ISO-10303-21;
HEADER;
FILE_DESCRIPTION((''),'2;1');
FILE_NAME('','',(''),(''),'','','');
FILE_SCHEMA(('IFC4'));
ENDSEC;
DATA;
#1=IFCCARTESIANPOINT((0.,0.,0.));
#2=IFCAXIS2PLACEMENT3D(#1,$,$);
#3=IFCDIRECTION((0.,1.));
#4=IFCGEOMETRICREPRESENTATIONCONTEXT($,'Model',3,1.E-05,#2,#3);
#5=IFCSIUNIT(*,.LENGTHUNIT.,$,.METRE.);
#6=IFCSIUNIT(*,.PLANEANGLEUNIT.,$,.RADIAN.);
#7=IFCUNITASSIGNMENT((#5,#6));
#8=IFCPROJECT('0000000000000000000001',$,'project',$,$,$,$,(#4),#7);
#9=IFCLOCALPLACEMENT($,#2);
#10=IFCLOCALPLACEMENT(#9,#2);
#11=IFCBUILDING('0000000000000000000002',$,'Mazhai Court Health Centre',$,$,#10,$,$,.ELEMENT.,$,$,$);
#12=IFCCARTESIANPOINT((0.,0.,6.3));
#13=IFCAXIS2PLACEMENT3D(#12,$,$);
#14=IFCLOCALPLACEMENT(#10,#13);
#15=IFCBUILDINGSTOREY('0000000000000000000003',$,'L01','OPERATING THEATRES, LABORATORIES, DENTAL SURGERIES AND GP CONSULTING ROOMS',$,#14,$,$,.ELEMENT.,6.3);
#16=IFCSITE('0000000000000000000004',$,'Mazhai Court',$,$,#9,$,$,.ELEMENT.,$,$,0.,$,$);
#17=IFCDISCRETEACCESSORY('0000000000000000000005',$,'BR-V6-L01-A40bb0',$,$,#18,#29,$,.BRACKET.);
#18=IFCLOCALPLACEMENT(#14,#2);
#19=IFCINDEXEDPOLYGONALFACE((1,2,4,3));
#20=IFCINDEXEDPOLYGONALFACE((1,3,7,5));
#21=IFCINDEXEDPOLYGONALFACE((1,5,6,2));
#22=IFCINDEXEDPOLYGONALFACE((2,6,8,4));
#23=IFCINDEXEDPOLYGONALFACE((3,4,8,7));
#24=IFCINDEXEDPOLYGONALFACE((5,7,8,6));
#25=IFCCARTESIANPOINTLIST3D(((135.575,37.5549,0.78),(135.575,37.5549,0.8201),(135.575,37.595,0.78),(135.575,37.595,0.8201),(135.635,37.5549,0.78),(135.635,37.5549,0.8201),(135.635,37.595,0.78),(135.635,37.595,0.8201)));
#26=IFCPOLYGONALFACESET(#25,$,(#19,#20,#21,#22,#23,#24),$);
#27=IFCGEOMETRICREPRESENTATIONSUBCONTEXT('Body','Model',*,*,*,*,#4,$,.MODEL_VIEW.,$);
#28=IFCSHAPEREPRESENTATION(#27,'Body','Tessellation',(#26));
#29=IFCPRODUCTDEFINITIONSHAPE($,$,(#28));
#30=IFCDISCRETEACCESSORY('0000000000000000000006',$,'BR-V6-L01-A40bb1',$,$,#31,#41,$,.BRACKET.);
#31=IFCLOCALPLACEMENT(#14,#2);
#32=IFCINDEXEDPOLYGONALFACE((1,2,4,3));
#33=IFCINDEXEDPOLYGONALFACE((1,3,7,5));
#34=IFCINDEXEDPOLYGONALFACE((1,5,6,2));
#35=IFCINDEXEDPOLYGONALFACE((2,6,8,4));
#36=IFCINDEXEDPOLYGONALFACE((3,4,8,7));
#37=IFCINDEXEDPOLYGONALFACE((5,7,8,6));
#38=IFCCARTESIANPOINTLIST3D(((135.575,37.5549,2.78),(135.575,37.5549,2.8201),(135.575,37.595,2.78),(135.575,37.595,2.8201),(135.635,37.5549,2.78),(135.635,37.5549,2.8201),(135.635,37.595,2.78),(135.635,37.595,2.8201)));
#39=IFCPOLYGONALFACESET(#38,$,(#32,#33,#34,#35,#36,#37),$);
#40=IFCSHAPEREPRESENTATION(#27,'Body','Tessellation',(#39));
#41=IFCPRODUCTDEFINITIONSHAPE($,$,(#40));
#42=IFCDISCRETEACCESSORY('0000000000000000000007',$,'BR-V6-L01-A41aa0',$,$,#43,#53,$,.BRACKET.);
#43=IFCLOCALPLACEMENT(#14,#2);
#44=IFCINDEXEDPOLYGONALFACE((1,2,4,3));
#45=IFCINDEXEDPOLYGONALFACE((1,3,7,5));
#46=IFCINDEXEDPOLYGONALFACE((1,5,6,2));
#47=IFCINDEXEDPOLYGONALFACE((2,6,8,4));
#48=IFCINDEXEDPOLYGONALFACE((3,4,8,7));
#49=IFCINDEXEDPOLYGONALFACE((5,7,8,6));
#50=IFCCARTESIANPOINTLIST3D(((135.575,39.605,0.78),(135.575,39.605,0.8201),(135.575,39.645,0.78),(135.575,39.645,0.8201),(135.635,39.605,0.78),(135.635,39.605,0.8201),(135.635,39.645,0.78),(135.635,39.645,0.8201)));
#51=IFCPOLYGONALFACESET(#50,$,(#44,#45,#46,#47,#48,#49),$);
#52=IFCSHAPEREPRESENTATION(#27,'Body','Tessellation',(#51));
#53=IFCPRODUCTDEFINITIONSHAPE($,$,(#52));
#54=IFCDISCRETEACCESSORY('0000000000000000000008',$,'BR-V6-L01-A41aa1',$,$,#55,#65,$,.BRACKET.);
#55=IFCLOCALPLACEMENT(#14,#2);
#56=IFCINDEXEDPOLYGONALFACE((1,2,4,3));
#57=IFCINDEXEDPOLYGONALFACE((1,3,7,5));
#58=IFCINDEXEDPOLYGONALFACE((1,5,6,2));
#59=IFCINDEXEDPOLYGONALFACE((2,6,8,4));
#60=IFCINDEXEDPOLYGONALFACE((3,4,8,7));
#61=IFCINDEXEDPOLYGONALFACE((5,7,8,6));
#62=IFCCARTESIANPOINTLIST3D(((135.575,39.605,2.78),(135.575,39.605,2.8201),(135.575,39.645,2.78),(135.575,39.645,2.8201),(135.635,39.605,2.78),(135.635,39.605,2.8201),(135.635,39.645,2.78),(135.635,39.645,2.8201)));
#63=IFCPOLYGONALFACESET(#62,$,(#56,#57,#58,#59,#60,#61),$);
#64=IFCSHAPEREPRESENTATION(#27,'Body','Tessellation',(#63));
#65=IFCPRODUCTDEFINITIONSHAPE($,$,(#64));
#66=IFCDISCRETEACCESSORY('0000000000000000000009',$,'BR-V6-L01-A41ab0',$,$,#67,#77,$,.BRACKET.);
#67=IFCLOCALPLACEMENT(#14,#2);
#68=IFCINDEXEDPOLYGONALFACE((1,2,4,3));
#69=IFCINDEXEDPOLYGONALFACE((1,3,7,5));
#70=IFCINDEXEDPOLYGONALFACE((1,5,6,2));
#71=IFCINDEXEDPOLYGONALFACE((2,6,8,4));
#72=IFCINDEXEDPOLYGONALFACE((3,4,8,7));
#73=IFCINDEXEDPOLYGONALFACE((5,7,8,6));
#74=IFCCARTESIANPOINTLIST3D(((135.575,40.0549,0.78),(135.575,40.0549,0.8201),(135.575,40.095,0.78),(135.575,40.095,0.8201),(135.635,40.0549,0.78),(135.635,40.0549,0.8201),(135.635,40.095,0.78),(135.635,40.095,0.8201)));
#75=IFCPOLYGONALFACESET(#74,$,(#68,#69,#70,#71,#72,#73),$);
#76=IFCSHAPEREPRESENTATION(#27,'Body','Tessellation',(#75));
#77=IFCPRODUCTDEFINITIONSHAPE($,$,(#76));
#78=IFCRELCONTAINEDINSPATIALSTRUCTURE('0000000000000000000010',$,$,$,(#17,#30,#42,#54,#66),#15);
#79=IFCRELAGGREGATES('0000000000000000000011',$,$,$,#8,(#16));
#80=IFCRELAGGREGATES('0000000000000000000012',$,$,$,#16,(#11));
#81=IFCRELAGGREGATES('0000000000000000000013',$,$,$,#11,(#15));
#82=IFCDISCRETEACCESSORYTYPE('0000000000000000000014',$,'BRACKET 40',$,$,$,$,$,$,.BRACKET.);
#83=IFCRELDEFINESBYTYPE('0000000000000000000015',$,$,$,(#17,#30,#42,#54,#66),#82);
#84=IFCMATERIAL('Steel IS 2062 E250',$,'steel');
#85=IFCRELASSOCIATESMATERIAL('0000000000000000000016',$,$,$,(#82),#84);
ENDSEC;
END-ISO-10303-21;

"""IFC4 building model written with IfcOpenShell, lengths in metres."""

from ifc_helpers import new_model, si_unit, direction, frame, origin, origin_2d, place, context, subcontext, project, spatial, rectangle, extrude, material, type_object, element, save


model = new_model("IFC4")

# Units and contexts
model_context = context("Model", 3, precision=1e-05, world=origin(), true_north=direction((0.0, 1.0)))
body_context = subcontext(model_context, "Body", "Model", "MODEL_VIEW")
ifc_project = project(units=[si_unit("LENGTHUNIT", "METRE"), si_unit("PLANEANGLEUNIT", "RADIAN")], contexts=[model_context])

# Site, building, storey
site_placement = place(None, origin())
site = spatial("IfcSite", under=ifc_project, at=site_placement, Name="Mazhai Court", CompositionType="ELEMENT", RefElevation=0.0)
building_placement = place(site_placement, origin())
building = spatial("IfcBuilding", under=site, at=building_placement, Name="Mazhai Court Health Centre", CompositionType="ELEMENT")
storey_placement = place(building_placement, frame((0.0, 0.0, 6.3)))
storey = spatial("IfcBuildingStorey", under=building, at=storey_placement, Name="L01", Description="OPERATING THEATRES, LABORATORIES, DENTAL SURGERIES AND GP CONSULTING ROOMS", CompositionType="ELEMENT", Elevation=6.3)

# Discrete accessories
ifc_material_1 = material(Name="Steel IS 2062 E250", Category="steel")
discrete_accessory_type = type_object("IfcDiscreteAccessoryType", Name="BRACKET 40", PredefinedType="BRACKET", material=ifc_material_1)
for number, where, z_axis, x_axis, name in (
    (1, (135.605, 37.575, 0.78), (0.0, 0.0, 1.0), (0.0, 1.0, 0.0), "BR-V6-L01-A40bb0"),
    (2, (135.605, 37.575, 2.78), (0.0, 0.0, 1.0), (0.0, 1.0, 0.0), "BR-V6-L01-A40bb1"),
    (3, (135.605, 39.625, 0.78), (0.0, 0.0, 1.0), (0.0, 1.0, 0.0), "BR-V6-L01-A41aa0"),
    (4, (135.605, 39.625, 2.78), (0.0, 0.0, 1.0), (0.0, 1.0, 0.0), "BR-V6-L01-A41aa1"),
    (5, (135.605, 40.075, 0.78), (0.0, 0.0, 1.0), (0.0, 1.0, 0.0), "BR-V6-L01-A41ab0"),
):
    element("IfcDiscreteAccessory", number, at=place(storey_placement, frame(where, z_axis=z_axis, x_axis=x_axis)), inside=storey, type_object=discrete_accessory_type, Name=name, PredefinedType="BRACKET", context=body_context, shape_type="SweptSolid", body=[
        extrude(rectangle(XDim=0.04, YDim=0.0601, at=origin_2d()), origin(), (0.0, 0.0, 1.0), 0.04),
    ])

save(model, "model.ifc")
